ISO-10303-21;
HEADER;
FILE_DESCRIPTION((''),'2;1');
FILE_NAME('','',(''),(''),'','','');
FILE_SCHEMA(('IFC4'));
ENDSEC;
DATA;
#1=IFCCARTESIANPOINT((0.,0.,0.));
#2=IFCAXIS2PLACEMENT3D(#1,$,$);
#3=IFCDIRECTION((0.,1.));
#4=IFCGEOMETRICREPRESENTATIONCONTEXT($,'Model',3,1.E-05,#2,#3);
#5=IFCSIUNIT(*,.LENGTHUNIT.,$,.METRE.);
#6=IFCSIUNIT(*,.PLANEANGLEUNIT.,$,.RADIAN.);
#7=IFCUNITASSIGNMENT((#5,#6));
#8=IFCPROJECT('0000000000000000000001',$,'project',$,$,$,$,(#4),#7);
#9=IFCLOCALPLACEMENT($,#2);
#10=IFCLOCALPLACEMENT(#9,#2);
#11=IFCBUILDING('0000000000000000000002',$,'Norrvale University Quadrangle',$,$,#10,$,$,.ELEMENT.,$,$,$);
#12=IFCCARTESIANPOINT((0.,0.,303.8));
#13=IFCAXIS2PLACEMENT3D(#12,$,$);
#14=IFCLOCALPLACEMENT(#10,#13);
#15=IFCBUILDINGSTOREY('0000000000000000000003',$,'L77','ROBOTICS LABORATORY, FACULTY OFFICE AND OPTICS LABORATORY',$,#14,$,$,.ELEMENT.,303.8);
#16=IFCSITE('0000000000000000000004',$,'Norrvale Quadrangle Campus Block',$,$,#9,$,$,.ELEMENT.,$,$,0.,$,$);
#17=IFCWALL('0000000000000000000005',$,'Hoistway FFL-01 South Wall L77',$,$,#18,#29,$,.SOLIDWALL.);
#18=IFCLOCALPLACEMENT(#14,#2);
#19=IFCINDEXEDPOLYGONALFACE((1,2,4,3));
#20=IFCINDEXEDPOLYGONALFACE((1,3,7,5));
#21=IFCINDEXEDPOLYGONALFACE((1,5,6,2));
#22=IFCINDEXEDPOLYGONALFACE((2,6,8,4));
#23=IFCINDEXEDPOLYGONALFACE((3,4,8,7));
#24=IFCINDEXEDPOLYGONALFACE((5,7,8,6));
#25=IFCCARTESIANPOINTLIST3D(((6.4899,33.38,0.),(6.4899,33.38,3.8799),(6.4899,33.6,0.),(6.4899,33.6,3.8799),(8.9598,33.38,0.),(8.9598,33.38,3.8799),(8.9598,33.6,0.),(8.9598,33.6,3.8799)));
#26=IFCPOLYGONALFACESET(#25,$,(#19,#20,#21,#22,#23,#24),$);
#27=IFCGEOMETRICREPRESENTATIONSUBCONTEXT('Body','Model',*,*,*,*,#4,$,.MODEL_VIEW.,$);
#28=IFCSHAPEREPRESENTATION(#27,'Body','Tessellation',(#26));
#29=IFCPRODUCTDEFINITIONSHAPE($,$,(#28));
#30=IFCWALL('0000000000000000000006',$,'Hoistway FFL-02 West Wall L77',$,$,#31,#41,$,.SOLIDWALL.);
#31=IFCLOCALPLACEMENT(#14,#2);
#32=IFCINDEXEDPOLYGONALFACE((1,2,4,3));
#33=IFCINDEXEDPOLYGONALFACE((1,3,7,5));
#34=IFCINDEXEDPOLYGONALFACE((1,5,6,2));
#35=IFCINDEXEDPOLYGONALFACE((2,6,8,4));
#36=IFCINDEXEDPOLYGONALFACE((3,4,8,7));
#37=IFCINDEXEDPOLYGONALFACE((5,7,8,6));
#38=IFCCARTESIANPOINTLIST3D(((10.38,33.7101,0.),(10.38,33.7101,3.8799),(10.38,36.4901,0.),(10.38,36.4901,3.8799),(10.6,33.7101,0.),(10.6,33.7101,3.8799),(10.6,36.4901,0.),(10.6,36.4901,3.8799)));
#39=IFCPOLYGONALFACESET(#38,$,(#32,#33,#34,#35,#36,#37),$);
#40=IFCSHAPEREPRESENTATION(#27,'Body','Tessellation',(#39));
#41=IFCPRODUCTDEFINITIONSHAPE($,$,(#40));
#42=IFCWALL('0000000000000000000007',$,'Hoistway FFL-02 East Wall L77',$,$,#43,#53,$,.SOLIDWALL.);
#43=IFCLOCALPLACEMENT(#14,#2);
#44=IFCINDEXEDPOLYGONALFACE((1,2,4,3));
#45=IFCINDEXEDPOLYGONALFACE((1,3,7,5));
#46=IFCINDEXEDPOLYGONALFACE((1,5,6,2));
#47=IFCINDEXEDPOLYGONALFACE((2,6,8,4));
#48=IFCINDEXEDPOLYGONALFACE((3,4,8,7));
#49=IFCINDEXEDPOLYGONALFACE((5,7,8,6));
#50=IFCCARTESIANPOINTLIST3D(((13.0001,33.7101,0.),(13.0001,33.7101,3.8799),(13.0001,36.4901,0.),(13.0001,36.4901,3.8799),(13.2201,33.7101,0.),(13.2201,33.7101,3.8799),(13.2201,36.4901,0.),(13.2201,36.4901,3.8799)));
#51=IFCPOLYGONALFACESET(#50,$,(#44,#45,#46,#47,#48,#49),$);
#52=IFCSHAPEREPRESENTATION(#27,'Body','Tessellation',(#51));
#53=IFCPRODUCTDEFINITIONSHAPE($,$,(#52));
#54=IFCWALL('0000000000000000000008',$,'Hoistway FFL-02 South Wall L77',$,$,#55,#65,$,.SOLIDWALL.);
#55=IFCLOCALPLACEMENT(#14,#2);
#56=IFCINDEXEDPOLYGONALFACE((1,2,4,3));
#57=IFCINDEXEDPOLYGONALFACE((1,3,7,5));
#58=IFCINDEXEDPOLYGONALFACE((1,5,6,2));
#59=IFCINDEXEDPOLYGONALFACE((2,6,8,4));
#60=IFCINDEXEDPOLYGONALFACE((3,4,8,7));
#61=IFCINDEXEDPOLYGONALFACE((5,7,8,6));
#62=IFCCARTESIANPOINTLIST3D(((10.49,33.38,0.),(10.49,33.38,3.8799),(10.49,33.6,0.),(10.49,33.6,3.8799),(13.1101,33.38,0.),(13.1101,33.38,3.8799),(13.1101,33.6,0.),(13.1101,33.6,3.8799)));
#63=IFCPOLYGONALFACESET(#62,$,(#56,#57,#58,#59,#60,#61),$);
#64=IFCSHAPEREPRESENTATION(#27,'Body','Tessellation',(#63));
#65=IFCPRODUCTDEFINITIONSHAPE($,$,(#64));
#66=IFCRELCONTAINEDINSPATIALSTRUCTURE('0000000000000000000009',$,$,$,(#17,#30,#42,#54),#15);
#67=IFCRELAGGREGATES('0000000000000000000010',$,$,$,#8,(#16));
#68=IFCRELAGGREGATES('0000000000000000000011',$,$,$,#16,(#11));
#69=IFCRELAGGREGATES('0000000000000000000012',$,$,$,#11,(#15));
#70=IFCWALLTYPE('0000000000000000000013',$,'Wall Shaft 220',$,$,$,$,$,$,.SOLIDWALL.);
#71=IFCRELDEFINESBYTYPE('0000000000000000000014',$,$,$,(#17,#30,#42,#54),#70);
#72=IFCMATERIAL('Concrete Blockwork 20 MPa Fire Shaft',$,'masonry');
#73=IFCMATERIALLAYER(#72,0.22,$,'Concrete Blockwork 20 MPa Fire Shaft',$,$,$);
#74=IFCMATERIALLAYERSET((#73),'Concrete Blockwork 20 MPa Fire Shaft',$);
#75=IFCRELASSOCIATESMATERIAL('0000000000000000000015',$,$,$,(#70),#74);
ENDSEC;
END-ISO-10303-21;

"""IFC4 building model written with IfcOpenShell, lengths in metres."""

from ifc_helpers import new_model, si_unit, direction, frame, frame_2d, origin, place, context, subcontext, project, spatial, rectangle, extrude, material, layer, layer_set, type_object, element, save


model = new_model("IFC4")

# Units and contexts
model_context = context("Model", 3, precision=1e-05, world=origin(), true_north=direction((0.0, 1.0)))
body_context = subcontext(model_context, "Body", "Model", "MODEL_VIEW")
ifc_project = project(units=[si_unit("LENGTHUNIT", "METRE"), si_unit("PLANEANGLEUNIT", "RADIAN")], contexts=[model_context])

# Site, building, storey
site_placement = place(None, origin())
site = spatial("IfcSite", under=ifc_project, at=site_placement, Name="Norrvale Quadrangle Campus Block", CompositionType="ELEMENT", RefElevation=0.0)
building_placement = place(site_placement, origin())
building = spatial("IfcBuilding", under=site, at=building_placement, Name="Norrvale University Quadrangle", CompositionType="ELEMENT")
storey_placement = place(building_placement, frame((0.0, 0.0, 303.8)))
storey = spatial("IfcBuildingStorey", under=building, at=storey_placement, Name="L77", Description="ROBOTICS LABORATORY, FACULTY OFFICE AND OPTICS LABORATORY", CompositionType="ELEMENT", Elevation=303.8)

# Shared definitions
ifc_material_1 = material(Name="Concrete Blockwork 20 MPa Fire Shaft", Category="masonry")
ifc_layer_1 = layer(ifc_material_1, 0.22, Name="Concrete Blockwork 20 MPa Fire Shaft")
ifc_layer_set_1 = layer_set([ifc_layer_1], Name="Concrete Blockwork 20 MPa Fire Shaft")
wall_type_1 = type_object("IfcWallType", Name="Wall Shaft 220", PredefinedType="SOLIDWALL", material=ifc_layer_set_1)

# Walls
wall_1_placement = place(storey_placement, frame((6.49, 33.49, 0.0), z_axis=(0.0, 0.0, 1.0), x_axis=(1.0, 0.0, 0.0)))
element("IfcWall", 1, at=wall_1_placement, inside=storey, type_object=wall_type_1, Name="Hoistway FFL-01 South Wall L77", PredefinedType="SOLIDWALL", context=body_context, shape_type="SweptSolid", body=[
    extrude(rectangle(XDim=2.47, YDim=0.22, at=frame_2d((1.2349, 0.0))), origin(), (0.0, 0.0, 1.0), 3.8799),
])
for number, where, z_axis, x_axis, name in (
    (2, (10.49, 33.71, 0.0), (0.0, 0.0, 1.0), (0.0, 1.0, 0.0), "Hoistway FFL-02 West Wall L77"),
    (3, (13.1101, 33.71, 0.0), (0.0, 0.0, 1.0), (0.0, 1.0, 0.0), "Hoistway FFL-02 East Wall L77"),
):
    element("IfcWall", number, at=place(storey_placement, frame(where, z_axis=z_axis, x_axis=x_axis)), inside=storey, type_object=wall_type_1, Name=name, PredefinedType="SOLIDWALL", context=body_context, shape_type="SweptSolid", body=[
        extrude(rectangle(XDim=2.78, YDim=0.22, at=frame_2d((1.3901, 0.0))), origin(), (0.0, 0.0, 1.0), 3.8799),
    ])
wall_2_placement = place(storey_placement, frame((10.49, 33.49, 0.0), z_axis=(0.0, 0.0, 1.0), x_axis=(1.0, 0.0, 0.0)))
element("IfcWall", 4, at=wall_2_placement, inside=storey, type_object=wall_type_1, Name="Hoistway FFL-02 South Wall L77", PredefinedType="SOLIDWALL", context=body_context, shape_type="SweptSolid", body=[
    extrude(rectangle(XDim=2.6201, YDim=0.22, at=frame_2d((1.3101, 0.0))), origin(), (0.0, 0.0, 1.0), 3.8799),
])

save(model, "model.ifc")
